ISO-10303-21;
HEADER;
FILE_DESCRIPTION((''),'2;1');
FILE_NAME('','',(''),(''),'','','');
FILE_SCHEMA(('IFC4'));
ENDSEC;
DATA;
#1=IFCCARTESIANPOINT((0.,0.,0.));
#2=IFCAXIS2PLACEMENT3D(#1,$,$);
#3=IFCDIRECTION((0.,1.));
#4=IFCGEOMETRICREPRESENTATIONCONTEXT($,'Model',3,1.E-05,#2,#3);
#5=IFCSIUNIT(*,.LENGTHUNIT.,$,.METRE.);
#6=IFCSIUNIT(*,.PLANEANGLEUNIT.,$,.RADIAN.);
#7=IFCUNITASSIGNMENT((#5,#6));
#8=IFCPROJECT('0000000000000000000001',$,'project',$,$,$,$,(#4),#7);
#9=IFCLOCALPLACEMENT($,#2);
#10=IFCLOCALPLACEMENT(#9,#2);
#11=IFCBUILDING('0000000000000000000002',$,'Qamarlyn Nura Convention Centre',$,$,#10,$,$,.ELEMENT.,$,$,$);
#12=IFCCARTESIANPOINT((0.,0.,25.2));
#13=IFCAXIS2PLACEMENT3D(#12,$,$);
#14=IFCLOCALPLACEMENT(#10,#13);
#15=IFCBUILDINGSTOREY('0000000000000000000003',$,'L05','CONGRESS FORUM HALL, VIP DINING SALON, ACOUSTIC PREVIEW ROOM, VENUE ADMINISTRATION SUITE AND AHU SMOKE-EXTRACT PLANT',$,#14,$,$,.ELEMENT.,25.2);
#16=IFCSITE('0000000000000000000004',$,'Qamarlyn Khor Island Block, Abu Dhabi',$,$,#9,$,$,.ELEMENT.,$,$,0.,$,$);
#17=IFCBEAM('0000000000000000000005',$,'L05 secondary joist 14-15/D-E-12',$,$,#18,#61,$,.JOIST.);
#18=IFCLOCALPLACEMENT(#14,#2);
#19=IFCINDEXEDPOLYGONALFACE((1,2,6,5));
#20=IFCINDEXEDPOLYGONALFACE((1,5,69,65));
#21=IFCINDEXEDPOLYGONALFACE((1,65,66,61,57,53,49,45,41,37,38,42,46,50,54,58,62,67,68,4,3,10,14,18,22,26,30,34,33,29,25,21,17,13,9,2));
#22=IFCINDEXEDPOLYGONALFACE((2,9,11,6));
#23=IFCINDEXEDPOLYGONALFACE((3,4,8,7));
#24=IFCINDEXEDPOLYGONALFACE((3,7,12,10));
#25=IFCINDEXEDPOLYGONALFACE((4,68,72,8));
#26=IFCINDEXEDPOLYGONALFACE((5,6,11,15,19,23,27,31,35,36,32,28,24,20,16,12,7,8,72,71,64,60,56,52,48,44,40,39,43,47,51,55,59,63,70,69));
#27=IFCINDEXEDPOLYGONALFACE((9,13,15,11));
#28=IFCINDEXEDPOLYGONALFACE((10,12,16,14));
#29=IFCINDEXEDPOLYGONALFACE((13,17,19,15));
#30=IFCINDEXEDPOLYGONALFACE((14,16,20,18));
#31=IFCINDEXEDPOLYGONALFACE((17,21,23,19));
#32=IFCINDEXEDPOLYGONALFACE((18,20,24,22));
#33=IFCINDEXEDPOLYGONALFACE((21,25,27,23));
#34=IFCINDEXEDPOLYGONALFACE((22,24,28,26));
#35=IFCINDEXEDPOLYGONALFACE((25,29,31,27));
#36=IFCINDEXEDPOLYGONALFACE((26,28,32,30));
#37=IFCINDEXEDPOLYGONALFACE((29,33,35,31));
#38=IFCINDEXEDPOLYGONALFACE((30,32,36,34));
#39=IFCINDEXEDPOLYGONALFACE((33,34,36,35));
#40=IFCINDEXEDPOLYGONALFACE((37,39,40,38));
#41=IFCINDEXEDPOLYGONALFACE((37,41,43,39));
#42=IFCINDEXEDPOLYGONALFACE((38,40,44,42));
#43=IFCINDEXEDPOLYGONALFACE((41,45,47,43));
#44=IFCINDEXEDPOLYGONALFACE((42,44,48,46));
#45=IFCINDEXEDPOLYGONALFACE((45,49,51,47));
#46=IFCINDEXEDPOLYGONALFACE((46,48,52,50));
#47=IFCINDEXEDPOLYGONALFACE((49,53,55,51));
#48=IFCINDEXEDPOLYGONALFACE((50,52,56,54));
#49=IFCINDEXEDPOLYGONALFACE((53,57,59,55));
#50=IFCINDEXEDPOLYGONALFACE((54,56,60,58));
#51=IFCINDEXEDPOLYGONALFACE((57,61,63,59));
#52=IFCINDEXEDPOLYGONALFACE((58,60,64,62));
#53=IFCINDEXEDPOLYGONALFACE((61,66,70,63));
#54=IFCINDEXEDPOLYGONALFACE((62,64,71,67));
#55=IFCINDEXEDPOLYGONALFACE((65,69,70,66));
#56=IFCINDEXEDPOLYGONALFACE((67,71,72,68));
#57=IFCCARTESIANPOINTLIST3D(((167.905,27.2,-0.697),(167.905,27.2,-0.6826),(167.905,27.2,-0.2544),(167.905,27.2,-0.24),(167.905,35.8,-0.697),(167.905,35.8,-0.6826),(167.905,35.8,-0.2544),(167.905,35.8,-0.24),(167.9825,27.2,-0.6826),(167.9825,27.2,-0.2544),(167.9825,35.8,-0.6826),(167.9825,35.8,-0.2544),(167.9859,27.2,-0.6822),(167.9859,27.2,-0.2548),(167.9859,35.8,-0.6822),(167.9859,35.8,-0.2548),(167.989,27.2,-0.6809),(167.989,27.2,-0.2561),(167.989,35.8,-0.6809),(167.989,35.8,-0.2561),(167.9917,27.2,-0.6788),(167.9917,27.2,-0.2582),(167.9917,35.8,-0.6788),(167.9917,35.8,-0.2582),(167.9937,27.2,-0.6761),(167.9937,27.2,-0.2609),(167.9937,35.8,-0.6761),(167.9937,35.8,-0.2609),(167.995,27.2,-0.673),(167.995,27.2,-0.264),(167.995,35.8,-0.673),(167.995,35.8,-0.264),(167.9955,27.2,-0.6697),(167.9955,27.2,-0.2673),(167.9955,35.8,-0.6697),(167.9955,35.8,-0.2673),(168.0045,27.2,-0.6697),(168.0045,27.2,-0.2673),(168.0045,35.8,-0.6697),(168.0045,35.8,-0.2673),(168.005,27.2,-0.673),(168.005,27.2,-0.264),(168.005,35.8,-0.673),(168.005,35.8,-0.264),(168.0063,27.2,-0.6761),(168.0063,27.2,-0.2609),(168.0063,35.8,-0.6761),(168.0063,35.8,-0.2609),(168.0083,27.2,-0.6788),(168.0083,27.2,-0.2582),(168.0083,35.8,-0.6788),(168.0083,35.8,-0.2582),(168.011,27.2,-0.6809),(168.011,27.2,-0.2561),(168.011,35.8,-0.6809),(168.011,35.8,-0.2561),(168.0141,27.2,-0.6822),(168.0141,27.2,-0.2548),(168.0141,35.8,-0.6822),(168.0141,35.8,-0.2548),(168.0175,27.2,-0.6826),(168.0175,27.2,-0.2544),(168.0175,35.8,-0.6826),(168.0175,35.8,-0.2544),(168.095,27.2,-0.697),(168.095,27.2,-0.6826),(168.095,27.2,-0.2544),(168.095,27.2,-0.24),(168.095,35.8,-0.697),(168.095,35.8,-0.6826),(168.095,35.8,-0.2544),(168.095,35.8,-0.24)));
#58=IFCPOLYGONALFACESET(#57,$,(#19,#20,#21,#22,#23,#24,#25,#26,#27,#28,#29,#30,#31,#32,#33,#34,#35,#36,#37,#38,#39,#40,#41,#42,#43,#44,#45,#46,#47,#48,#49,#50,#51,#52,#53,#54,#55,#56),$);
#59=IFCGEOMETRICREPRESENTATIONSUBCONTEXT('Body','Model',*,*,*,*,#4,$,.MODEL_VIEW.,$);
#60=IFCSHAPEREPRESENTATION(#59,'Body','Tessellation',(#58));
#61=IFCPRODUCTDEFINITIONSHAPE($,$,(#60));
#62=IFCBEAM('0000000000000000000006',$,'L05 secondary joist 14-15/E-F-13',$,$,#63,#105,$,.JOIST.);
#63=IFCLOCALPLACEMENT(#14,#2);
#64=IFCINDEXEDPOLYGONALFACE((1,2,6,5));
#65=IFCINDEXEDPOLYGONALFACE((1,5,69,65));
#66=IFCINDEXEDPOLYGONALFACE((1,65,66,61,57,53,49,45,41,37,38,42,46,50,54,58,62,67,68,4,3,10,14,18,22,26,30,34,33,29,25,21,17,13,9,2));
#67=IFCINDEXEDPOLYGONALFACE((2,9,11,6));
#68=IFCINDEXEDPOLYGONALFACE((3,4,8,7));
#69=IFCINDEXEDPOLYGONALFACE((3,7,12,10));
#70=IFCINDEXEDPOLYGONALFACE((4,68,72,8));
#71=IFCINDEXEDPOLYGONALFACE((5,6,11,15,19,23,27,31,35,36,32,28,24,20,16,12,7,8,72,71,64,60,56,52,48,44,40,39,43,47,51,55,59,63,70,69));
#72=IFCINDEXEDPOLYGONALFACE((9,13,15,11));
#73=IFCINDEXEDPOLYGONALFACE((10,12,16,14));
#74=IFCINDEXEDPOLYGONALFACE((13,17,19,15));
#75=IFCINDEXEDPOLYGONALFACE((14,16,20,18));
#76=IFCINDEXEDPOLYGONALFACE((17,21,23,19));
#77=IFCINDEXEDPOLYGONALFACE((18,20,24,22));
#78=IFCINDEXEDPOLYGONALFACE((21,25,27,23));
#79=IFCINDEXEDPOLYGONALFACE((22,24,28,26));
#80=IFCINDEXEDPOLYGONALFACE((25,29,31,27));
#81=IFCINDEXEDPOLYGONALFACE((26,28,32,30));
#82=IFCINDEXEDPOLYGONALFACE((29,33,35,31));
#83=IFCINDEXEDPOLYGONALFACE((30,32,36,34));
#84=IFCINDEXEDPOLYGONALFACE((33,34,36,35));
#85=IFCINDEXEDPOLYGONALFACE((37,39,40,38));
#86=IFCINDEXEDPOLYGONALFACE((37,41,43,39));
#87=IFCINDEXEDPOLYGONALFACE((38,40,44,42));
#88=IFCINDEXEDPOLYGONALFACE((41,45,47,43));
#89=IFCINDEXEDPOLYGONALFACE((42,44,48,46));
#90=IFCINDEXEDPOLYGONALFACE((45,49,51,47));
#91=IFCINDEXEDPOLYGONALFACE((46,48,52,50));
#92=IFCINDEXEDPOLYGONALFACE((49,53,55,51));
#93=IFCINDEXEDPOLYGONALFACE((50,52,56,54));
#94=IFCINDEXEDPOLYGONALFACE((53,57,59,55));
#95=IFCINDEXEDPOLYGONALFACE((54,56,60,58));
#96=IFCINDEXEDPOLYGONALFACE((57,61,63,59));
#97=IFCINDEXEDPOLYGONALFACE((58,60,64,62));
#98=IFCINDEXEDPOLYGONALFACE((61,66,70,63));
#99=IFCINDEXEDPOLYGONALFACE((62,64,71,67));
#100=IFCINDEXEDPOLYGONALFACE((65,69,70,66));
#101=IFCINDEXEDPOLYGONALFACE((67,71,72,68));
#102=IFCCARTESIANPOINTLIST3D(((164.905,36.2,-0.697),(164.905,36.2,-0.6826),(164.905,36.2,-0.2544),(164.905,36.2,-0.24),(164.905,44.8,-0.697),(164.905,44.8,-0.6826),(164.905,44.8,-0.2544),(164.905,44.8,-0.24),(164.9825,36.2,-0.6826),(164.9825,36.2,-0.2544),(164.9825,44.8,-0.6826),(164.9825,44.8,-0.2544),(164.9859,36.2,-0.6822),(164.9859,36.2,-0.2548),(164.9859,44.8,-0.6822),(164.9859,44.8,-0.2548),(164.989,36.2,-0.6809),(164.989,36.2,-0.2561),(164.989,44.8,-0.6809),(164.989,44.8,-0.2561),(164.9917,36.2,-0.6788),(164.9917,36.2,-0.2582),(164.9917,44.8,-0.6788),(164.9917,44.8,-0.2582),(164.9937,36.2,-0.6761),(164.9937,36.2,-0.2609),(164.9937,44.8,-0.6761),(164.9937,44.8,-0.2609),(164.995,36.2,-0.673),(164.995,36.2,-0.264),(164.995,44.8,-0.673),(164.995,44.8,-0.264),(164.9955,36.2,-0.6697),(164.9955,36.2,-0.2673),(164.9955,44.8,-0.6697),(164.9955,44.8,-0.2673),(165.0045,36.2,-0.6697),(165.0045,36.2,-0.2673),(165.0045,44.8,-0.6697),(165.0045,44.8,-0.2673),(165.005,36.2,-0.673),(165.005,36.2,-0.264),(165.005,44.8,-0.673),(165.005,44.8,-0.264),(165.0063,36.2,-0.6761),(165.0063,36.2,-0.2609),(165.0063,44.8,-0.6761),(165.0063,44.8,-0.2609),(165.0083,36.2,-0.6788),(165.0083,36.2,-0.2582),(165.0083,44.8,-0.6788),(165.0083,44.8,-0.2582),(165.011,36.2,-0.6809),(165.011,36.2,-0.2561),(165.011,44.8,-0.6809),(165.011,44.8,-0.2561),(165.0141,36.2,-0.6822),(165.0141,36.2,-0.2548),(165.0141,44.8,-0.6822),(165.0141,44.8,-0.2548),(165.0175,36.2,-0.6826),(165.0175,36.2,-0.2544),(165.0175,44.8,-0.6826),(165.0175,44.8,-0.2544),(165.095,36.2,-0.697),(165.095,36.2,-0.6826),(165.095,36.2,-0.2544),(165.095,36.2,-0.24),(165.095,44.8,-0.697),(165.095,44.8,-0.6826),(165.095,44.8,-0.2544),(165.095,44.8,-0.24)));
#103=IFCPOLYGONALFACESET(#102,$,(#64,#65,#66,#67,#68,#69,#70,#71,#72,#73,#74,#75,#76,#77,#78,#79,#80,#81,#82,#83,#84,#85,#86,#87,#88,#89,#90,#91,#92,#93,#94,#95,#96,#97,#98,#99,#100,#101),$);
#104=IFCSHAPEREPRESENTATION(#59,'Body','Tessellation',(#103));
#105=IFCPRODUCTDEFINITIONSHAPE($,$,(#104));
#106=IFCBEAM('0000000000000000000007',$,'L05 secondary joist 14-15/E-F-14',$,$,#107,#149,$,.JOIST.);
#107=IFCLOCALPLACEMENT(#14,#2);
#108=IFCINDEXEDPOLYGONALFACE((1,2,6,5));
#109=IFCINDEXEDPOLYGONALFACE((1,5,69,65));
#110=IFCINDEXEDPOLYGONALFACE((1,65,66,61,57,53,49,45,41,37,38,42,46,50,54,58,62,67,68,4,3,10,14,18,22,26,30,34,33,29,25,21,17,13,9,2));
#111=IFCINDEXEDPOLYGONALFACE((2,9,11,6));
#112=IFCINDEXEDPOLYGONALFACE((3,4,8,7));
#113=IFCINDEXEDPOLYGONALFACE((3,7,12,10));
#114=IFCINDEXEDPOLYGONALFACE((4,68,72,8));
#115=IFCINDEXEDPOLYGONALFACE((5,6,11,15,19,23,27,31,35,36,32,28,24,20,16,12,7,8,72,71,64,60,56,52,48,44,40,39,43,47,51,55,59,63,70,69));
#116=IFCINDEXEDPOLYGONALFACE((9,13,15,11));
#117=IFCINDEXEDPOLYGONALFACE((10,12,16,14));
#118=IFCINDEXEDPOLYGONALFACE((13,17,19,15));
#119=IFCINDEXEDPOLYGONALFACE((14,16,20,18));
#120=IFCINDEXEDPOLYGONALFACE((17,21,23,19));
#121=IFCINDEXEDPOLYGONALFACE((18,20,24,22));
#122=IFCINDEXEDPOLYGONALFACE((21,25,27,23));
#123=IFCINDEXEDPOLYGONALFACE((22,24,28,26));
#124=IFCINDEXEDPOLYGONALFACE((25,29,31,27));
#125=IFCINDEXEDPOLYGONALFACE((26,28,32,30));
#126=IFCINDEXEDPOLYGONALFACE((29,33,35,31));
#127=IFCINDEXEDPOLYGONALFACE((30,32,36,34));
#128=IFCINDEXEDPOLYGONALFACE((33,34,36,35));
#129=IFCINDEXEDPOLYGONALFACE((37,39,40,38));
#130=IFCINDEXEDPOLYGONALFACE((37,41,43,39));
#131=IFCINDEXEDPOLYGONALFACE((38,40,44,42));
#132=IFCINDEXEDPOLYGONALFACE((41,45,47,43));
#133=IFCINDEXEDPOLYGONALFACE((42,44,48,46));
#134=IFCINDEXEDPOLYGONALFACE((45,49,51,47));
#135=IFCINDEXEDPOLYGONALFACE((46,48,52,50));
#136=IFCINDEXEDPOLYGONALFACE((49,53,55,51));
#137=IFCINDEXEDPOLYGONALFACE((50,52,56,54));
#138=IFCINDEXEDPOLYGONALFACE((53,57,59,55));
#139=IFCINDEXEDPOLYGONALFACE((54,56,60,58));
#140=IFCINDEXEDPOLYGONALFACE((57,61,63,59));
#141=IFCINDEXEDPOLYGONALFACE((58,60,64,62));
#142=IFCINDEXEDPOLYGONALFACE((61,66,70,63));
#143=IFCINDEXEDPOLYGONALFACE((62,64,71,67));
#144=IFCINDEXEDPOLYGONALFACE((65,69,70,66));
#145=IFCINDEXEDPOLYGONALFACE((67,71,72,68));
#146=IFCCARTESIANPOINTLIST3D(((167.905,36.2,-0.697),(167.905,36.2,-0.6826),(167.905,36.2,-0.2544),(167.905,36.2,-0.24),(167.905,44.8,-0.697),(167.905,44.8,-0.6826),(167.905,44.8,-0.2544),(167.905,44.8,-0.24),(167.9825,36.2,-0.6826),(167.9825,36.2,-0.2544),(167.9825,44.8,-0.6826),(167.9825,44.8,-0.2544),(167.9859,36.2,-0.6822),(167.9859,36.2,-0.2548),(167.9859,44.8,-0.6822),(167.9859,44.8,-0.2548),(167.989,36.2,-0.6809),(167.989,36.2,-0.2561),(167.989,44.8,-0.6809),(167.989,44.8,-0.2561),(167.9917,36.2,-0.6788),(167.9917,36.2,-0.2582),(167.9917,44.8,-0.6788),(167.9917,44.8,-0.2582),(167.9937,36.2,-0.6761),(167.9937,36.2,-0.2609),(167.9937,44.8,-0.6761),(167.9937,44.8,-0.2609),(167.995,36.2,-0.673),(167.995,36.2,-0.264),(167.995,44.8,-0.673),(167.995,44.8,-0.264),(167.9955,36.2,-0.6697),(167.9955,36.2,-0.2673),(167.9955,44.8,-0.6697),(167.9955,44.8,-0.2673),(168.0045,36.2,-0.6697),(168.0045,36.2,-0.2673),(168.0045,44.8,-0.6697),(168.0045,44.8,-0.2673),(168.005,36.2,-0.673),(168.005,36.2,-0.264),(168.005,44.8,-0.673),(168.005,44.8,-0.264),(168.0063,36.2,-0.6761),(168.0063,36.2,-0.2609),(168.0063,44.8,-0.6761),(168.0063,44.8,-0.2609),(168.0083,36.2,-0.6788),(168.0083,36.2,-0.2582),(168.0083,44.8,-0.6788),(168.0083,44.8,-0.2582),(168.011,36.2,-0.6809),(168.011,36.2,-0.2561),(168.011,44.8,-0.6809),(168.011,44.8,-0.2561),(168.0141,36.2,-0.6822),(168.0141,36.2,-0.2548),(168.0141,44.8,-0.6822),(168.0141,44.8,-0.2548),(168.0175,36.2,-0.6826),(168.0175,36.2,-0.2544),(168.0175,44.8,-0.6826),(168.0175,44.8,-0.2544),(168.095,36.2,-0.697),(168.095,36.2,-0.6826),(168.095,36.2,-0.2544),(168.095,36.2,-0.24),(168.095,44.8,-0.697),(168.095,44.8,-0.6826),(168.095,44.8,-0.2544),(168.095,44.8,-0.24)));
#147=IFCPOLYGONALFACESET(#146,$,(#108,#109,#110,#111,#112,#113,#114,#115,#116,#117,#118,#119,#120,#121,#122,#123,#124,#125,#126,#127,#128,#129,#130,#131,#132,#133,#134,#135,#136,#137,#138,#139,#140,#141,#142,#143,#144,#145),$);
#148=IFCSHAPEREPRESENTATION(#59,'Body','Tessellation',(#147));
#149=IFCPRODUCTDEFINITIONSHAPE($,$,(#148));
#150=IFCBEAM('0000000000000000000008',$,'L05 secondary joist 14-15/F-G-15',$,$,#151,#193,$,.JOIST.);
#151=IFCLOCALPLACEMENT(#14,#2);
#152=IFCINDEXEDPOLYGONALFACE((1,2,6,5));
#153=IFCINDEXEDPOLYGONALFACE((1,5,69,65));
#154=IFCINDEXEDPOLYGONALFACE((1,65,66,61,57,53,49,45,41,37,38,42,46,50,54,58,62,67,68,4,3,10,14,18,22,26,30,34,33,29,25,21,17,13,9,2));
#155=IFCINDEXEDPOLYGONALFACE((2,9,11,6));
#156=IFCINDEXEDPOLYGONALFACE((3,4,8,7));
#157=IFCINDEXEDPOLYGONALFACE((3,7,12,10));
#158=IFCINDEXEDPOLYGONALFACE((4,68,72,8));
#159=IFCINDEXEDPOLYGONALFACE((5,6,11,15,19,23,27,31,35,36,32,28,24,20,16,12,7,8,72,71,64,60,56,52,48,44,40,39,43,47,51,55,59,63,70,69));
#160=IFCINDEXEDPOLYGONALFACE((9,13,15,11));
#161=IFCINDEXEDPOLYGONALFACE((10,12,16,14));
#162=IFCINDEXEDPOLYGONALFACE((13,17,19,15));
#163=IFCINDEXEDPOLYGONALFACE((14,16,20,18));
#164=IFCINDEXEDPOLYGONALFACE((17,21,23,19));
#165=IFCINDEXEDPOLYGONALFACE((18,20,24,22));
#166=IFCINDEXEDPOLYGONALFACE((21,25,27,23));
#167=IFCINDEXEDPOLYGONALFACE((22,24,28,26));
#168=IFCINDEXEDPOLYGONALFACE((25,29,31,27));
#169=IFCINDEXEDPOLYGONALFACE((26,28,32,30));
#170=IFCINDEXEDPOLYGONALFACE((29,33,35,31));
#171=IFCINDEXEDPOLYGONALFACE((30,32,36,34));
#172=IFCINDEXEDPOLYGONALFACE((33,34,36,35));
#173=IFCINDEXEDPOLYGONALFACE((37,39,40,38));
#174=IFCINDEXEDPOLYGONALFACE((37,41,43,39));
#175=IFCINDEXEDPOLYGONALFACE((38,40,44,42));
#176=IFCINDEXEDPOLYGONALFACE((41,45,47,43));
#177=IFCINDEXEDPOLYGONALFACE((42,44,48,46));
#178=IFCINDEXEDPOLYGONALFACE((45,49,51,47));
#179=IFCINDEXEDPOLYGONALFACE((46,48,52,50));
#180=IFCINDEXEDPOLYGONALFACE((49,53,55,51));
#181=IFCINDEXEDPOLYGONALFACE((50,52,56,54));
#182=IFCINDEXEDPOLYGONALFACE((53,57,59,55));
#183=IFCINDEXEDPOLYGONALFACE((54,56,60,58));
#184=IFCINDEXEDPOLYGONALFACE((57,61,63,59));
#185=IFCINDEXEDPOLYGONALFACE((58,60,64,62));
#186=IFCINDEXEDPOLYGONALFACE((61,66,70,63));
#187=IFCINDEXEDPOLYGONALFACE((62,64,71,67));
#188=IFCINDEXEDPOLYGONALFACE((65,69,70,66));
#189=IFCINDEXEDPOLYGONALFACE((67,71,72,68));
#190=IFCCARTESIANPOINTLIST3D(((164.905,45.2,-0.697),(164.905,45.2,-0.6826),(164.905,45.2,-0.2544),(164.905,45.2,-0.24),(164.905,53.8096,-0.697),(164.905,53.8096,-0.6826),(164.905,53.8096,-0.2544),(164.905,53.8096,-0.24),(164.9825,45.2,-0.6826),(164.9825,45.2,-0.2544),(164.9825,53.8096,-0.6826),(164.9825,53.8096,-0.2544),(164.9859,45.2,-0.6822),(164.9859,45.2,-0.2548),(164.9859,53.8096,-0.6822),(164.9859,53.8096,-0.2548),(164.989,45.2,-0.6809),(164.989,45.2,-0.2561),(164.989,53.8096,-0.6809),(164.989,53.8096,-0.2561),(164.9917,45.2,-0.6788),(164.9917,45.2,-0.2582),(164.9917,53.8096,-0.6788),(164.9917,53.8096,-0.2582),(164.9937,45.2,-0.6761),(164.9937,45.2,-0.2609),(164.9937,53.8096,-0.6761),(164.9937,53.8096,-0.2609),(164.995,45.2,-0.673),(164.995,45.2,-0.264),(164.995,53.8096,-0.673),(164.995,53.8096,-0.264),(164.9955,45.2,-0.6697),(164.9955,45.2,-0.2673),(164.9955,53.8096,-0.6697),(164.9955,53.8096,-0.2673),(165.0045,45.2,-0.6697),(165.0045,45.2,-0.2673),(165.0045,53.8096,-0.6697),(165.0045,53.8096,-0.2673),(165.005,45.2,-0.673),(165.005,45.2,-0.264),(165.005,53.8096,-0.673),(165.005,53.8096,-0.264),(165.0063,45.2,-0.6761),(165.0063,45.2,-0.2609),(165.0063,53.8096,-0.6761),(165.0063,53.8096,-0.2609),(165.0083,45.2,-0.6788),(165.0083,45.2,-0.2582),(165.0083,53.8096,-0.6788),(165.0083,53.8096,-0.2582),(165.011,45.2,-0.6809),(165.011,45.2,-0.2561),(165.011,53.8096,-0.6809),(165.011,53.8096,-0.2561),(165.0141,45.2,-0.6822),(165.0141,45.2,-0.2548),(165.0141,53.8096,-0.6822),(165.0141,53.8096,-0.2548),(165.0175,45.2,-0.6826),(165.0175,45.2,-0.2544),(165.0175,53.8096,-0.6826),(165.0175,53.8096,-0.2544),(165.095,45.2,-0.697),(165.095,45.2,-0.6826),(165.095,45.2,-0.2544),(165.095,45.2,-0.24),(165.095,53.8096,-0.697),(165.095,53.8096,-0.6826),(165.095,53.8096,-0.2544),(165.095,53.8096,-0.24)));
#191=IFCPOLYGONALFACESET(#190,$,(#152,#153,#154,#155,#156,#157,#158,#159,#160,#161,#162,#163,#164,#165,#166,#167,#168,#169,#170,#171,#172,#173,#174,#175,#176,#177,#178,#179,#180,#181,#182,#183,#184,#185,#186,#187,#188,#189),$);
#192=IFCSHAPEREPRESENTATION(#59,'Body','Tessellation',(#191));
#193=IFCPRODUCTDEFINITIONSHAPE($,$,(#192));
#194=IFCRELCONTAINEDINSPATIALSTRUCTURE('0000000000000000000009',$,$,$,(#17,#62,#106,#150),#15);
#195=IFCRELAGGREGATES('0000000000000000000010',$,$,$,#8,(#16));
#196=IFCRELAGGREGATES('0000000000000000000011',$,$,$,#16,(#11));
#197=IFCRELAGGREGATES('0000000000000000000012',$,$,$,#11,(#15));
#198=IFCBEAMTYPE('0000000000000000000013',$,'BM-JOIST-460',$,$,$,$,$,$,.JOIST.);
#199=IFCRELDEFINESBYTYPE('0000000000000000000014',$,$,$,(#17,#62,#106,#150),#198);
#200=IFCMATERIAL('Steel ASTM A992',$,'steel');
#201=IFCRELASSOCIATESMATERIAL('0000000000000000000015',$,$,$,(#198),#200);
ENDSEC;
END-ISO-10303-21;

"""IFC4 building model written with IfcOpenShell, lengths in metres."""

from ifc_helpers import new_model, si_unit, direction, frame, origin, origin_2d, place, context, subcontext, project, spatial, i_section, extrude, material, material_profile, profile_set, type_object, element, save


model = new_model("IFC4")

# Units and contexts
model_context = context("Model", 3, precision=1e-05, world=origin(), true_north=direction((0.0, 1.0)))
body_context = subcontext(model_context, "Body", "Model", "MODEL_VIEW")
ifc_project = project(units=[si_unit("LENGTHUNIT", "METRE"), si_unit("PLANEANGLEUNIT", "RADIAN")], contexts=[model_context])

# Site, building, storey
site_placement = place(None, origin())
site = spatial("IfcSite", under=ifc_project, at=site_placement, Name="Qamarlyn Khor Island Block, Abu Dhabi", CompositionType="ELEMENT", RefElevation=0.0)
building_placement = place(site_placement, origin())
building = spatial("IfcBuilding", under=site, at=building_placement, Name="Qamarlyn Nura Convention Centre", CompositionType="ELEMENT")
storey_placement = place(building_placement, frame((0.0, 0.0, 25.2)))
storey = spatial("IfcBuildingStorey", under=building, at=storey_placement, Name="L05", Description="CONGRESS FORUM HALL, VIP DINING SALON, ACOUSTIC PREVIEW ROOM, VENUE ADMINISTRATION SUITE AND AHU SMOKE-EXTRACT PLANT", CompositionType="ELEMENT", Elevation=25.2)

# Shared definitions
ifc_material_1 = material(Name="Steel ASTM A992", Category="steel")

# Beams
ifc_material_profile_1 = material_profile(ifc_material_1, i_section(OverallWidth=0.1899, OverallDepth=0.457, WebThickness=0.009, FlangeThickness=0.0144, FilletRadius=0.0129, at=origin_2d()), Name="W460X74")
ifc_profile_set_1 = profile_set([ifc_material_profile_1], Name="Steel ASTM A992")
beam_type_1 = type_object("IfcBeamType", Name="BM-JOIST-460", PredefinedType="JOIST", material=ifc_profile_set_1)
for number, where, z_axis, x_axis, name in (
    (1, (168.0, 27.2, -0.4685), (0.0, 1.0, 0.0), (-1.0, 0.0, 0.0), "L05 secondary joist 14-15/D-E-12"),
    (2, (165.0, 36.2, -0.4685), (0.0, 1.0, 0.0), (-1.0, 0.0, 0.0), "L05 secondary joist 14-15/E-F-13"),
    (3, (168.0, 36.2, -0.4685), (0.0, 1.0, 0.0), (-1.0, 0.0, 0.0), "L05 secondary joist 14-15/E-F-14"),
):
    element("IfcBeam", number, at=place(storey_placement, frame(where, z_axis=z_axis, x_axis=x_axis)), inside=storey, type_object=beam_type_1, Name=name, PredefinedType="JOIST", context=body_context, shape_type="SweptSolid", body=[
        extrude(i_section(OverallWidth=0.1899, OverallDepth=0.457, WebThickness=0.009, FlangeThickness=0.0144, FilletRadius=0.0129, at=origin_2d()), origin(), (0.0, 0.0, 1.0), 8.6001),
    ])
for number, where, z_axis, x_axis, name in (
    (4, (165.0, 45.2, -0.4685), (0.0, 1.0, 0.0), (-1.0, 0.0, 0.0), "L05 secondary joist 14-15/F-G-15"),
):
    element("IfcBeam", number, at=place(storey_placement, frame(where, z_axis=z_axis, x_axis=x_axis)), inside=storey, type_object=beam_type_1, Name=name, PredefinedType="JOIST", context=body_context, shape_type="SweptSolid", body=[
        extrude(i_section(OverallWidth=0.1899, OverallDepth=0.457, WebThickness=0.009, FlangeThickness=0.0144, FilletRadius=0.0129, at=origin_2d()), origin(), (0.0, 0.0, 1.0), 8.6096),
    ])

save(model, "model.ifc")
